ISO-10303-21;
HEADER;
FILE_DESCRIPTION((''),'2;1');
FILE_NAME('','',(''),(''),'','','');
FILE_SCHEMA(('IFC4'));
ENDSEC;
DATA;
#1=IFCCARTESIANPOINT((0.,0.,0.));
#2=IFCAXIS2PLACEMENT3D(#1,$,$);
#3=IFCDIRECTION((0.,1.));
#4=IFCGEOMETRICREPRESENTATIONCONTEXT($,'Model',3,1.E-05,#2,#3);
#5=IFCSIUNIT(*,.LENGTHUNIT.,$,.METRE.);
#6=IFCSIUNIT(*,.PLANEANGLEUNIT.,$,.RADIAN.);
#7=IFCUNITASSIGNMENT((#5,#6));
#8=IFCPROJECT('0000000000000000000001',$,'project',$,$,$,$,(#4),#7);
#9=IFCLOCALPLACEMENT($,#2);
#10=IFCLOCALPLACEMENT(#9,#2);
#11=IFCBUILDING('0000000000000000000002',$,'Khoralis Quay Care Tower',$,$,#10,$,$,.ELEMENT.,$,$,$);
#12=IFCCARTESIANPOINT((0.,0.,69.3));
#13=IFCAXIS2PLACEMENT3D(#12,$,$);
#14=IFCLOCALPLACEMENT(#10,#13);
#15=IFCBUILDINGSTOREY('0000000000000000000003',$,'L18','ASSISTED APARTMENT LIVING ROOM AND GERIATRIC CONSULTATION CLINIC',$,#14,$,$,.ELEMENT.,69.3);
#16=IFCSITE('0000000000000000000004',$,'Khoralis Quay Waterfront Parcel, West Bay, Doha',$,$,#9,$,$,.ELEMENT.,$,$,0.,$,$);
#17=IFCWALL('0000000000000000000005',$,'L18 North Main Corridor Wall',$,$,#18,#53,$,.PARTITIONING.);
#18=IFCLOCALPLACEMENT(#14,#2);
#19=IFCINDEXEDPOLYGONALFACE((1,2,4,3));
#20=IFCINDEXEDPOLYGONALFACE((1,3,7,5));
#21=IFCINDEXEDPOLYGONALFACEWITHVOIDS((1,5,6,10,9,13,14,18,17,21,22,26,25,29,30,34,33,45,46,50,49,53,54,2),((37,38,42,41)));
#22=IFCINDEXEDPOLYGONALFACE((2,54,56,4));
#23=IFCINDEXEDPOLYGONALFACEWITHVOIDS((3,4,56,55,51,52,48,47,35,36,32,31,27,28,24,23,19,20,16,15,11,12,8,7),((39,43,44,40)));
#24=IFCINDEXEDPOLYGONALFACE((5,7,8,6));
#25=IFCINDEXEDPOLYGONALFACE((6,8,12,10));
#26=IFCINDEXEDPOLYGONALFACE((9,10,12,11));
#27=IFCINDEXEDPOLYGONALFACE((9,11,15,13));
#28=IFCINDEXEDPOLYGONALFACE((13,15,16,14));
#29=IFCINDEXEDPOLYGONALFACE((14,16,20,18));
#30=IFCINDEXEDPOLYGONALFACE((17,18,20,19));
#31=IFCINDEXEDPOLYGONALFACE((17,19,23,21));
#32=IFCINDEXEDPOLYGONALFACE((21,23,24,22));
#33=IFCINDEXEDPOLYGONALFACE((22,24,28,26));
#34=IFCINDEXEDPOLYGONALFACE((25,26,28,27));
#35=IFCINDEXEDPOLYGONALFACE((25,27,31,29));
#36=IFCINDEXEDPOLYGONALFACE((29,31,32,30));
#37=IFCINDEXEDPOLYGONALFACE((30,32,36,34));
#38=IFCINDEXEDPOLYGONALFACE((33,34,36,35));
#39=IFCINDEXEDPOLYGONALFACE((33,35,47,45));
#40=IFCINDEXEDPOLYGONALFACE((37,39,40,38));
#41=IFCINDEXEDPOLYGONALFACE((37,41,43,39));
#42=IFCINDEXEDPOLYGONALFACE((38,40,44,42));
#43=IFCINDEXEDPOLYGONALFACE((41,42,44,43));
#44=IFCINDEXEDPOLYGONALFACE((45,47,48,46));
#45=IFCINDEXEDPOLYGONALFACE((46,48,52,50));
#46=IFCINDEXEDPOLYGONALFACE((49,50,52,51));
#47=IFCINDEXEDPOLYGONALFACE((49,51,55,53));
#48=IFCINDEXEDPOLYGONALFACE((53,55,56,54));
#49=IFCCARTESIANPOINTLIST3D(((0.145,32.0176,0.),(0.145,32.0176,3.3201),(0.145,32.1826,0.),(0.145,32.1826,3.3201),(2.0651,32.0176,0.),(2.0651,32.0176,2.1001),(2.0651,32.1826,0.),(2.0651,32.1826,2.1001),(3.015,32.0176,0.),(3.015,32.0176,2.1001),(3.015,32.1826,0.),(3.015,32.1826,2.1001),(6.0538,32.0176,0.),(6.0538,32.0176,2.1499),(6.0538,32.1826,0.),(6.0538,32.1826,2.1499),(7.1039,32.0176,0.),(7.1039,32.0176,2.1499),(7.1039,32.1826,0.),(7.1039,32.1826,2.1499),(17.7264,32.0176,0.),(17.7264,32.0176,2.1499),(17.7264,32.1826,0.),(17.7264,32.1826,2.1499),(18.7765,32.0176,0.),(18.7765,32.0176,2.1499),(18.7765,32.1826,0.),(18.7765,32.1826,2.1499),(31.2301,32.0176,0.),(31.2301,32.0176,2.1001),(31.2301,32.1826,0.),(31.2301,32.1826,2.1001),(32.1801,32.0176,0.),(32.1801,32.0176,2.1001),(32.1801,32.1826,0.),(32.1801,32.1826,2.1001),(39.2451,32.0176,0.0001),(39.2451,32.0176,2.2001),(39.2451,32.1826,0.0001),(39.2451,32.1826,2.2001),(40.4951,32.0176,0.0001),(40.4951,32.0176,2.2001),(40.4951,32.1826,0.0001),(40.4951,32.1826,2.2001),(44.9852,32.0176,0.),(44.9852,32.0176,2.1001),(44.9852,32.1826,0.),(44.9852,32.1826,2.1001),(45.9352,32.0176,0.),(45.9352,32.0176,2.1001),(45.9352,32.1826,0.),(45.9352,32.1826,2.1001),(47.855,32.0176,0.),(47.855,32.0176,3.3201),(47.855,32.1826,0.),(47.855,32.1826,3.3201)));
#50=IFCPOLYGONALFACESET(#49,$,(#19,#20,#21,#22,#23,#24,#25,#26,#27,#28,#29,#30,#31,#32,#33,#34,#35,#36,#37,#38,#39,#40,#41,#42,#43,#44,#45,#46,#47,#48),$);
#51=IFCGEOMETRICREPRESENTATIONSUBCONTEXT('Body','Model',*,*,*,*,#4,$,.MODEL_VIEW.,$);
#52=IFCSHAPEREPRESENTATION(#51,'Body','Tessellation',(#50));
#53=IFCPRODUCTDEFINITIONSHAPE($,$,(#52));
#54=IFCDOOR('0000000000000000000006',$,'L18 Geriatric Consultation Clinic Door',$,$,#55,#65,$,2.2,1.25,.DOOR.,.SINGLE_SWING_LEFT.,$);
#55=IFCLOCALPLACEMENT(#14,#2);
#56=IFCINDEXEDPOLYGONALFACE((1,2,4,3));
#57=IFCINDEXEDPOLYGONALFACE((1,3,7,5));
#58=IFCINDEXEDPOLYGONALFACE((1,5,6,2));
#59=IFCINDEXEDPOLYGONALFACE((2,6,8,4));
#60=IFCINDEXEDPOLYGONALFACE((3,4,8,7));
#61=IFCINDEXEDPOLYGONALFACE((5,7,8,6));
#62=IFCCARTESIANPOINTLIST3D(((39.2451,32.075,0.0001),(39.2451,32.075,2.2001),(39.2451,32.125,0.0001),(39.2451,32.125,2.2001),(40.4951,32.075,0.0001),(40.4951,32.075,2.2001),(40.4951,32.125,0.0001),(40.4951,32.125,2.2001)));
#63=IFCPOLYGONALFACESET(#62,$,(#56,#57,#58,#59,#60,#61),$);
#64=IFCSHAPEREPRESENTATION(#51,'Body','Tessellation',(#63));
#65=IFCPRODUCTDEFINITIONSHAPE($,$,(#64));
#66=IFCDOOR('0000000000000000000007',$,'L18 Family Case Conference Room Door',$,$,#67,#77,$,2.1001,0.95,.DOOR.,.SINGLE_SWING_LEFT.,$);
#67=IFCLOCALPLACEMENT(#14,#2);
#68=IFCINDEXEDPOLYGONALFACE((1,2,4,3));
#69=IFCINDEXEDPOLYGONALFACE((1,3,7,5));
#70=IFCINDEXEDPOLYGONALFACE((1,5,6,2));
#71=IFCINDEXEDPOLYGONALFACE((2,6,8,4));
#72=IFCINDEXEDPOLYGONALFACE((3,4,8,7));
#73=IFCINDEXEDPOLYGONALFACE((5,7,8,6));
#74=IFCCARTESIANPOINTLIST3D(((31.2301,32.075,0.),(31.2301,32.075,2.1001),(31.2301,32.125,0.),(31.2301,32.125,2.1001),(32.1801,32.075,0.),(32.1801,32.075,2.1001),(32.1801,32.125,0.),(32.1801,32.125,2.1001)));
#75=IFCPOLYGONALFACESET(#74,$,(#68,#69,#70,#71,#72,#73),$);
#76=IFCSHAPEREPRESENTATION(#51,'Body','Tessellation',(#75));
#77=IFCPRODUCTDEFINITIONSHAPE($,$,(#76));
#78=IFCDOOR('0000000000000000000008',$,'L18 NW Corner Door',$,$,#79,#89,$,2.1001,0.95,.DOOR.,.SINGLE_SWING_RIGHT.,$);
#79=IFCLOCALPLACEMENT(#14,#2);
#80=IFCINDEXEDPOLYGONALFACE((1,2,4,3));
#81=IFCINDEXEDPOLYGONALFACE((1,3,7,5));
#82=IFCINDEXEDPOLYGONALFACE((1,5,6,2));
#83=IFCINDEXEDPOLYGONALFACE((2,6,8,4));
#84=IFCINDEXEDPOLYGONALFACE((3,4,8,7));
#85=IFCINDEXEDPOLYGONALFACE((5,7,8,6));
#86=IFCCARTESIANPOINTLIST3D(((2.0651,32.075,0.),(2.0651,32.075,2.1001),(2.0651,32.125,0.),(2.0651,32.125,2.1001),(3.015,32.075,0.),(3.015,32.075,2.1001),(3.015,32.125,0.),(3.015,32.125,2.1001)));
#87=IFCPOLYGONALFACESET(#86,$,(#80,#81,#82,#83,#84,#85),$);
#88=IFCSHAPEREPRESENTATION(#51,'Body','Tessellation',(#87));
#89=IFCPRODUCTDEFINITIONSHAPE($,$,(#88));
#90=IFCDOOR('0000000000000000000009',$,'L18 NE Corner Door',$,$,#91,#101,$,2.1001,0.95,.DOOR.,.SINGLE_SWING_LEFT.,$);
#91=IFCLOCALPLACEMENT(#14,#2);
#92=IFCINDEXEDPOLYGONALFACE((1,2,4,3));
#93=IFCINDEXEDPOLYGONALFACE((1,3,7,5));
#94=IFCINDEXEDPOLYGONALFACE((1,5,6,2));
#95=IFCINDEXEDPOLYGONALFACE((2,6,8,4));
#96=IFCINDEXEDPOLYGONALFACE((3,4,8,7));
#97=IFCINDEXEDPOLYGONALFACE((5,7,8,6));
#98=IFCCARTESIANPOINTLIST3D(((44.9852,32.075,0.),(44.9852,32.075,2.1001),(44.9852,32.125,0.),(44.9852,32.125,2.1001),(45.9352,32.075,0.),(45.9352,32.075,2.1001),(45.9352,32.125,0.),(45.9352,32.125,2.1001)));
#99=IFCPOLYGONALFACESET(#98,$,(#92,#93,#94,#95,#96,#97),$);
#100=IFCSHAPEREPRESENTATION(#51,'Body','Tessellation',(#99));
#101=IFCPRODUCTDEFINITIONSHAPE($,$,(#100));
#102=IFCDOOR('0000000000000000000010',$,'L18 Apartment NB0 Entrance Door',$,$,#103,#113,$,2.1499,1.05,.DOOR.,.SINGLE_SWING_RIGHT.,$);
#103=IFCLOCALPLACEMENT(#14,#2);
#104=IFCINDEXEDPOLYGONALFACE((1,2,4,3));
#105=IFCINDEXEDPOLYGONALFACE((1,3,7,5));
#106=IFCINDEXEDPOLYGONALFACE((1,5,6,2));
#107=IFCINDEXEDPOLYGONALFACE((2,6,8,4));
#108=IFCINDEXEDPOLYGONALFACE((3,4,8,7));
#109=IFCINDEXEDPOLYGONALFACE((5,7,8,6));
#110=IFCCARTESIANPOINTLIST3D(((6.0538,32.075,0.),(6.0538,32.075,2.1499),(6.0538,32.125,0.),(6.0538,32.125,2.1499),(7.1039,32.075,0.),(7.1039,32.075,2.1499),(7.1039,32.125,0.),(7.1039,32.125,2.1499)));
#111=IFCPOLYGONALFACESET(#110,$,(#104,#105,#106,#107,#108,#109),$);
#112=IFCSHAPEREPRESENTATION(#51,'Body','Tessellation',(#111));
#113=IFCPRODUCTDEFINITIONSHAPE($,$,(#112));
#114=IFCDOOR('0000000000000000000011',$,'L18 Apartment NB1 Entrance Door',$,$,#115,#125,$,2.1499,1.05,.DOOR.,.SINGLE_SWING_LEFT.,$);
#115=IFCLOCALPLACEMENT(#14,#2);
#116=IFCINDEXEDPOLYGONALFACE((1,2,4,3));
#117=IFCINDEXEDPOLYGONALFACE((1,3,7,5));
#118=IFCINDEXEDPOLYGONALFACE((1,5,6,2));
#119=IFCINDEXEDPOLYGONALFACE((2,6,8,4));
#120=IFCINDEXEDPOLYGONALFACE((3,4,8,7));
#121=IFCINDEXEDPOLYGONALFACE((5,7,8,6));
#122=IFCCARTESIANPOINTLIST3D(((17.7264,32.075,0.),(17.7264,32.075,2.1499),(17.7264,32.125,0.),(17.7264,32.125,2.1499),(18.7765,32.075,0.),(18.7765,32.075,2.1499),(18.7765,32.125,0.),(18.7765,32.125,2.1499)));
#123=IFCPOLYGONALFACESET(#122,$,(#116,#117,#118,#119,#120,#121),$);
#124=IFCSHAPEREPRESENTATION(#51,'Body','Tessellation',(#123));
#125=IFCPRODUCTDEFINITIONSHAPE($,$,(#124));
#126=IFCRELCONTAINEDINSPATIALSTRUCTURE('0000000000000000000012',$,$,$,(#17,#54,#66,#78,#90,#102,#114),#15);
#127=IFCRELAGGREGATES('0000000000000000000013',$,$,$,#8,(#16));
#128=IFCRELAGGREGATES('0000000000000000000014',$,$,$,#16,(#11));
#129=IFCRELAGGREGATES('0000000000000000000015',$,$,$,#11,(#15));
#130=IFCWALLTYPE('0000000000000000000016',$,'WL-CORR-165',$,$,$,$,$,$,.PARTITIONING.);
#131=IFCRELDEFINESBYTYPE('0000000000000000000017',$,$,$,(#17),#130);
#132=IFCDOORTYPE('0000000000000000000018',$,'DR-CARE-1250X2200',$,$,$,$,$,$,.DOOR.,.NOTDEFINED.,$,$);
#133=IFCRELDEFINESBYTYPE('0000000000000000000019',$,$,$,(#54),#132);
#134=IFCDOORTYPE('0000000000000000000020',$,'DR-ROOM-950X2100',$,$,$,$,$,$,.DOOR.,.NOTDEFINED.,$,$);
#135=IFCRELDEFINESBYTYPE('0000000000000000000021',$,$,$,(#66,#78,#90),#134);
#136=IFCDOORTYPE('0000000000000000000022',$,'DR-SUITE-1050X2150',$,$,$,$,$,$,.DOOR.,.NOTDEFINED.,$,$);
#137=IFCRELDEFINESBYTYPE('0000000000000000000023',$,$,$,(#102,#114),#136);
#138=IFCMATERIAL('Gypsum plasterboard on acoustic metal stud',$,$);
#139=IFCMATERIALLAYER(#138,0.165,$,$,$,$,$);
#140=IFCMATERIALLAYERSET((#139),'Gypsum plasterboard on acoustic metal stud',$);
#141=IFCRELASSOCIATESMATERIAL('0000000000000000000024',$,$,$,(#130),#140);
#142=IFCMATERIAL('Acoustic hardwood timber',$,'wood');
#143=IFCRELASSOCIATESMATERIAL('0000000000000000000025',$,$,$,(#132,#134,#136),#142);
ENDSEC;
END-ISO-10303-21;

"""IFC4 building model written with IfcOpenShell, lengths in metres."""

from ifc_helpers import new_model, si_unit, direction, frame, frame_2d, origin, place, context, subcontext, project, spatial, rectangle, extrude, source, transform, mapped, material, layer, layer_set, type_object, element, fill, save


model = new_model("IFC4")

# Units and contexts
model_context = context("Model", 3, precision=1e-05, world=origin(), true_north=direction((0.0, 1.0)))
body_context = subcontext(model_context, "Body", "Model", "MODEL_VIEW")
ifc_project = project(units=[si_unit("LENGTHUNIT", "METRE"), si_unit("PLANEANGLEUNIT", "RADIAN")], contexts=[model_context])

# Site, building, storey
site_placement = place(None, origin())
site = spatial("IfcSite", under=ifc_project, at=site_placement, Name="Khoralis Quay Waterfront Parcel, West Bay, Doha", CompositionType="ELEMENT", RefElevation=0.0)
building_placement = place(site_placement, origin())
building = spatial("IfcBuilding", under=site, at=building_placement, Name="Khoralis Quay Care Tower", CompositionType="ELEMENT")
storey_placement = place(building_placement, frame((0.0, 0.0, 69.3)))
storey = spatial("IfcBuildingStorey", under=building, at=storey_placement, Name="L18", Description="ASSISTED APARTMENT LIVING ROOM AND GERIATRIC CONSULTATION CLINIC", CompositionType="ELEMENT", Elevation=69.3)

# Shared definitions
ifc_material_1 = material(Name="Gypsum plasterboard on acoustic metal stud")
ifc_layer_1 = layer(ifc_material_1, 0.165)
ifc_layer_set_1 = layer_set([ifc_layer_1], Name="Gypsum plasterboard on acoustic metal stud")
wall_type_1 = type_object("IfcWallType", Name="WL-CORR-165", PredefinedType="PARTITIONING", material=ifc_layer_set_1)

# Wall, openings, doors
wall_1_placement = place(storey_placement, frame((0.145, 32.1001, 0.0), z_axis=(0.0, 0.0, 1.0), x_axis=(1.0, 0.0, 0.0)))
wall_1 = element("IfcWall", 1, at=wall_1_placement, inside=storey, type_object=wall_type_1, Name="L18 North Main Corridor Wall", PredefinedType="PARTITIONING", context=body_context, shape_type="SweptSolid", body=[
    extrude(rectangle(XDim=47.71, YDim=0.165, at=frame_2d((23.855, 0.0))), origin(), (0.0, 0.0, 1.0), 3.3201),
])
opening_1_placement = place(wall_1_placement, frame((5.9089, 0.0, 0.0)))
opening_1 = element("IfcOpeningElement", 2, at=opening_1_placement, cuts=wall_1, PredefinedType="OPENING", context=body_context, shape_type="SweptSolid", body=[
    extrude(rectangle(XDim=1.05, YDim=2.1499, at=frame_2d((0.5249, 1.075))), frame((0.0, 0.0925, 0.0), z_axis=(0.0, -1.0, 0.0), x_axis=(1.0, 0.0, 0.0)), (0.0, 0.0, 1.0), 0.1851),
])
opening_2_placement = place(wall_1_placement, frame((17.5815, 0.0, 0.0)))
opening_2 = element("IfcOpeningElement", 3, at=opening_2_placement, cuts=wall_1, PredefinedType="OPENING", context=body_context, shape_type="SweptSolid", body=[
    extrude(rectangle(XDim=1.05, YDim=2.1499, at=frame_2d((0.5249, 1.075))), frame((0.0, 0.0925, 0.0), z_axis=(0.0, -1.0, 0.0), x_axis=(1.0, 0.0, 0.0)), (0.0, 0.0, 1.0), 0.1851),
])
opening_3_placement = place(wall_1_placement, frame((31.085, 0.0, 0.0)))
opening_3 = element("IfcOpeningElement", 4, at=opening_3_placement, cuts=wall_1, PredefinedType="OPENING", context=body_context, shape_type="SweptSolid", body=[
    extrude(rectangle(XDim=0.95, YDim=2.1001, at=frame_2d((0.4751, 1.05))), frame((0.0, 0.0925, 0.0), z_axis=(0.0, -1.0, 0.0), x_axis=(1.0, 0.0, 0.0)), (0.0, 0.0, 1.0), 0.1851),
])
opening_4_placement = place(wall_1_placement, frame((39.1001, 0.0, 0.0)))
opening_4 = element("IfcOpeningElement", 5, at=opening_4_placement, cuts=wall_1, PredefinedType="OPENING", context=body_context, shape_type="SweptSolid", body=[
    extrude(rectangle(XDim=1.25, YDim=2.2, at=frame_2d((0.625, 1.1001))), frame((0.0, 0.0925, 0.0), z_axis=(0.0, -1.0, 0.0), x_axis=(1.0, 0.0, 0.0)), (0.0, 0.0, 1.0), 0.1851),
])
opening_5_placement = place(wall_1_placement, frame((1.9199, 0.0, 0.0)))
opening_5 = element("IfcOpeningElement", 6, at=opening_5_placement, cuts=wall_1, PredefinedType="OPENING", context=body_context, shape_type="SweptSolid", body=[
    extrude(rectangle(XDim=0.95, YDim=2.1001, at=frame_2d((0.4751, 1.05))), frame((0.0, 0.0925, 0.0), z_axis=(0.0, -1.0, 0.0), x_axis=(1.0, 0.0, 0.0)), (0.0, 0.0, 1.0), 0.1851),
])
opening_6_placement = place(wall_1_placement, frame((44.8401, 0.0, 0.0)))
opening_6 = element("IfcOpeningElement", 7, at=opening_6_placement, cuts=wall_1, PredefinedType="OPENING", context=body_context, shape_type="SweptSolid", body=[
    extrude(rectangle(XDim=0.95, YDim=2.1001, at=frame_2d((0.4751, 1.05))), frame((0.0, 0.0925, 0.0), z_axis=(0.0, -1.0, 0.0), x_axis=(1.0, 0.0, 0.0)), (0.0, 0.0, 1.0), 0.1851),
])
ifc_material_2 = material(Name="Acoustic hardwood timber", Category="wood")
door_type_1 = type_object("IfcDoorType", Name="DR-CARE-1250X2200", OperationType="NOTDEFINED", PredefinedType="DOOR", material=ifc_material_2)
shared_shape_1 = source(origin(), body_context, "Body", "SweptSolid", [
    extrude(rectangle(XDim=1.25, YDim=2.2, at=frame_2d((0.625, 1.1001))), frame((0.0, 0.0249, 0.0), z_axis=(0.0, -1.0, 0.0), x_axis=(1.0, 0.0, 0.0)), (0.0, 0.0, 1.0), 0.05),
])
door_1_placement = place(opening_4_placement, origin())
door_1 = element("IfcDoor", 8, at=door_1_placement, inside=storey, type_object=door_type_1, Name="L18 Geriatric Consultation Clinic Door", OperationType="SINGLE_SWING_LEFT", OverallHeight=2.2, OverallWidth=1.25, PredefinedType="DOOR", context=body_context, shape_type="MappedRepresentation", body=[
    mapped(shared_shape_1, transform((0.0, 0.0, 0.0), scale=1.0)),
])
fill(opening_4, door_1)
door_type_2 = type_object("IfcDoorType", Name="DR-ROOM-950X2100", OperationType="NOTDEFINED", PredefinedType="DOOR", material=ifc_material_2)
shared_shape_2 = source(origin(), body_context, "Body", "SweptSolid", [
    extrude(rectangle(XDim=0.95, YDim=2.1001, at=frame_2d((0.4751, 1.05))), frame((0.0, 0.0249, 0.0), z_axis=(0.0, -1.0, 0.0), x_axis=(1.0, 0.0, 0.0)), (0.0, 0.0, 1.0), 0.05),
])
door_2_placement = place(opening_3_placement, origin())
door_2 = element("IfcDoor", 9, at=door_2_placement, inside=storey, type_object=door_type_2, Name="L18 Family Case Conference Room Door", OperationType="SINGLE_SWING_LEFT", OverallHeight=2.1001, OverallWidth=0.95, PredefinedType="DOOR", context=body_context, shape_type="MappedRepresentation", body=[
    mapped(shared_shape_2, transform((0.0, 0.0, 0.0), scale=1.0)),
])
fill(opening_3, door_2)
door_3_placement = place(opening_5_placement, origin())
door_3 = element("IfcDoor", 10, at=door_3_placement, inside=storey, type_object=door_type_2, Name="L18 NW Corner Door", OperationType="SINGLE_SWING_RIGHT", OverallHeight=2.1001, OverallWidth=0.95, PredefinedType="DOOR", context=body_context, shape_type="MappedRepresentation", body=[
    mapped(shared_shape_2, transform((0.0, 0.0, 0.0), scale=1.0)),
])
fill(opening_5, door_3)
door_4_placement = place(opening_6_placement, origin())
door_4 = element("IfcDoor", 11, at=door_4_placement, inside=storey, type_object=door_type_2, Name="L18 NE Corner Door", OperationType="SINGLE_SWING_LEFT", OverallHeight=2.1001, OverallWidth=0.95, PredefinedType="DOOR", context=body_context, shape_type="MappedRepresentation", body=[
    mapped(shared_shape_2, transform((0.0, 0.0, 0.0), scale=1.0)),
])
fill(opening_6, door_4)
door_type_3 = type_object("IfcDoorType", Name="DR-SUITE-1050X2150", OperationType="NOTDEFINED", PredefinedType="DOOR", material=ifc_material_2)
shared_shape_3 = source(origin(), body_context, "Body", "SweptSolid", [
    extrude(rectangle(XDim=1.05, YDim=2.1499, at=frame_2d((0.5249, 1.075))), frame((0.0, 0.0249, 0.0), z_axis=(0.0, -1.0, 0.0), x_axis=(1.0, 0.0, 0.0)), (0.0, 0.0, 1.0), 0.05),
])
door_5_placement = place(opening_1_placement, origin())
door_5 = element("IfcDoor", 12, at=door_5_placement, inside=storey, type_object=door_type_3, Name="L18 Apartment NB0 Entrance Door", OperationType="SINGLE_SWING_RIGHT", OverallHeight=2.1499, OverallWidth=1.05, PredefinedType="DOOR", context=body_context, shape_type="MappedRepresentation", body=[
    mapped(shared_shape_3, transform((0.0, 0.0, 0.0), scale=1.0)),
])
fill(opening_1, door_5)
door_6_placement = place(opening_2_placement, origin())
door_6 = element("IfcDoor", 13, at=door_6_placement, inside=storey, type_object=door_type_3, Name="L18 Apartment NB1 Entrance Door", OperationType="SINGLE_SWING_LEFT", OverallHeight=2.1499, OverallWidth=1.05, PredefinedType="DOOR", context=body_context, shape_type="MappedRepresentation", body=[
    mapped(shared_shape_3, transform((0.0, 0.0, 0.0), scale=1.0)),
])
fill(opening_2, door_6)

save(model, "model.ifc")
